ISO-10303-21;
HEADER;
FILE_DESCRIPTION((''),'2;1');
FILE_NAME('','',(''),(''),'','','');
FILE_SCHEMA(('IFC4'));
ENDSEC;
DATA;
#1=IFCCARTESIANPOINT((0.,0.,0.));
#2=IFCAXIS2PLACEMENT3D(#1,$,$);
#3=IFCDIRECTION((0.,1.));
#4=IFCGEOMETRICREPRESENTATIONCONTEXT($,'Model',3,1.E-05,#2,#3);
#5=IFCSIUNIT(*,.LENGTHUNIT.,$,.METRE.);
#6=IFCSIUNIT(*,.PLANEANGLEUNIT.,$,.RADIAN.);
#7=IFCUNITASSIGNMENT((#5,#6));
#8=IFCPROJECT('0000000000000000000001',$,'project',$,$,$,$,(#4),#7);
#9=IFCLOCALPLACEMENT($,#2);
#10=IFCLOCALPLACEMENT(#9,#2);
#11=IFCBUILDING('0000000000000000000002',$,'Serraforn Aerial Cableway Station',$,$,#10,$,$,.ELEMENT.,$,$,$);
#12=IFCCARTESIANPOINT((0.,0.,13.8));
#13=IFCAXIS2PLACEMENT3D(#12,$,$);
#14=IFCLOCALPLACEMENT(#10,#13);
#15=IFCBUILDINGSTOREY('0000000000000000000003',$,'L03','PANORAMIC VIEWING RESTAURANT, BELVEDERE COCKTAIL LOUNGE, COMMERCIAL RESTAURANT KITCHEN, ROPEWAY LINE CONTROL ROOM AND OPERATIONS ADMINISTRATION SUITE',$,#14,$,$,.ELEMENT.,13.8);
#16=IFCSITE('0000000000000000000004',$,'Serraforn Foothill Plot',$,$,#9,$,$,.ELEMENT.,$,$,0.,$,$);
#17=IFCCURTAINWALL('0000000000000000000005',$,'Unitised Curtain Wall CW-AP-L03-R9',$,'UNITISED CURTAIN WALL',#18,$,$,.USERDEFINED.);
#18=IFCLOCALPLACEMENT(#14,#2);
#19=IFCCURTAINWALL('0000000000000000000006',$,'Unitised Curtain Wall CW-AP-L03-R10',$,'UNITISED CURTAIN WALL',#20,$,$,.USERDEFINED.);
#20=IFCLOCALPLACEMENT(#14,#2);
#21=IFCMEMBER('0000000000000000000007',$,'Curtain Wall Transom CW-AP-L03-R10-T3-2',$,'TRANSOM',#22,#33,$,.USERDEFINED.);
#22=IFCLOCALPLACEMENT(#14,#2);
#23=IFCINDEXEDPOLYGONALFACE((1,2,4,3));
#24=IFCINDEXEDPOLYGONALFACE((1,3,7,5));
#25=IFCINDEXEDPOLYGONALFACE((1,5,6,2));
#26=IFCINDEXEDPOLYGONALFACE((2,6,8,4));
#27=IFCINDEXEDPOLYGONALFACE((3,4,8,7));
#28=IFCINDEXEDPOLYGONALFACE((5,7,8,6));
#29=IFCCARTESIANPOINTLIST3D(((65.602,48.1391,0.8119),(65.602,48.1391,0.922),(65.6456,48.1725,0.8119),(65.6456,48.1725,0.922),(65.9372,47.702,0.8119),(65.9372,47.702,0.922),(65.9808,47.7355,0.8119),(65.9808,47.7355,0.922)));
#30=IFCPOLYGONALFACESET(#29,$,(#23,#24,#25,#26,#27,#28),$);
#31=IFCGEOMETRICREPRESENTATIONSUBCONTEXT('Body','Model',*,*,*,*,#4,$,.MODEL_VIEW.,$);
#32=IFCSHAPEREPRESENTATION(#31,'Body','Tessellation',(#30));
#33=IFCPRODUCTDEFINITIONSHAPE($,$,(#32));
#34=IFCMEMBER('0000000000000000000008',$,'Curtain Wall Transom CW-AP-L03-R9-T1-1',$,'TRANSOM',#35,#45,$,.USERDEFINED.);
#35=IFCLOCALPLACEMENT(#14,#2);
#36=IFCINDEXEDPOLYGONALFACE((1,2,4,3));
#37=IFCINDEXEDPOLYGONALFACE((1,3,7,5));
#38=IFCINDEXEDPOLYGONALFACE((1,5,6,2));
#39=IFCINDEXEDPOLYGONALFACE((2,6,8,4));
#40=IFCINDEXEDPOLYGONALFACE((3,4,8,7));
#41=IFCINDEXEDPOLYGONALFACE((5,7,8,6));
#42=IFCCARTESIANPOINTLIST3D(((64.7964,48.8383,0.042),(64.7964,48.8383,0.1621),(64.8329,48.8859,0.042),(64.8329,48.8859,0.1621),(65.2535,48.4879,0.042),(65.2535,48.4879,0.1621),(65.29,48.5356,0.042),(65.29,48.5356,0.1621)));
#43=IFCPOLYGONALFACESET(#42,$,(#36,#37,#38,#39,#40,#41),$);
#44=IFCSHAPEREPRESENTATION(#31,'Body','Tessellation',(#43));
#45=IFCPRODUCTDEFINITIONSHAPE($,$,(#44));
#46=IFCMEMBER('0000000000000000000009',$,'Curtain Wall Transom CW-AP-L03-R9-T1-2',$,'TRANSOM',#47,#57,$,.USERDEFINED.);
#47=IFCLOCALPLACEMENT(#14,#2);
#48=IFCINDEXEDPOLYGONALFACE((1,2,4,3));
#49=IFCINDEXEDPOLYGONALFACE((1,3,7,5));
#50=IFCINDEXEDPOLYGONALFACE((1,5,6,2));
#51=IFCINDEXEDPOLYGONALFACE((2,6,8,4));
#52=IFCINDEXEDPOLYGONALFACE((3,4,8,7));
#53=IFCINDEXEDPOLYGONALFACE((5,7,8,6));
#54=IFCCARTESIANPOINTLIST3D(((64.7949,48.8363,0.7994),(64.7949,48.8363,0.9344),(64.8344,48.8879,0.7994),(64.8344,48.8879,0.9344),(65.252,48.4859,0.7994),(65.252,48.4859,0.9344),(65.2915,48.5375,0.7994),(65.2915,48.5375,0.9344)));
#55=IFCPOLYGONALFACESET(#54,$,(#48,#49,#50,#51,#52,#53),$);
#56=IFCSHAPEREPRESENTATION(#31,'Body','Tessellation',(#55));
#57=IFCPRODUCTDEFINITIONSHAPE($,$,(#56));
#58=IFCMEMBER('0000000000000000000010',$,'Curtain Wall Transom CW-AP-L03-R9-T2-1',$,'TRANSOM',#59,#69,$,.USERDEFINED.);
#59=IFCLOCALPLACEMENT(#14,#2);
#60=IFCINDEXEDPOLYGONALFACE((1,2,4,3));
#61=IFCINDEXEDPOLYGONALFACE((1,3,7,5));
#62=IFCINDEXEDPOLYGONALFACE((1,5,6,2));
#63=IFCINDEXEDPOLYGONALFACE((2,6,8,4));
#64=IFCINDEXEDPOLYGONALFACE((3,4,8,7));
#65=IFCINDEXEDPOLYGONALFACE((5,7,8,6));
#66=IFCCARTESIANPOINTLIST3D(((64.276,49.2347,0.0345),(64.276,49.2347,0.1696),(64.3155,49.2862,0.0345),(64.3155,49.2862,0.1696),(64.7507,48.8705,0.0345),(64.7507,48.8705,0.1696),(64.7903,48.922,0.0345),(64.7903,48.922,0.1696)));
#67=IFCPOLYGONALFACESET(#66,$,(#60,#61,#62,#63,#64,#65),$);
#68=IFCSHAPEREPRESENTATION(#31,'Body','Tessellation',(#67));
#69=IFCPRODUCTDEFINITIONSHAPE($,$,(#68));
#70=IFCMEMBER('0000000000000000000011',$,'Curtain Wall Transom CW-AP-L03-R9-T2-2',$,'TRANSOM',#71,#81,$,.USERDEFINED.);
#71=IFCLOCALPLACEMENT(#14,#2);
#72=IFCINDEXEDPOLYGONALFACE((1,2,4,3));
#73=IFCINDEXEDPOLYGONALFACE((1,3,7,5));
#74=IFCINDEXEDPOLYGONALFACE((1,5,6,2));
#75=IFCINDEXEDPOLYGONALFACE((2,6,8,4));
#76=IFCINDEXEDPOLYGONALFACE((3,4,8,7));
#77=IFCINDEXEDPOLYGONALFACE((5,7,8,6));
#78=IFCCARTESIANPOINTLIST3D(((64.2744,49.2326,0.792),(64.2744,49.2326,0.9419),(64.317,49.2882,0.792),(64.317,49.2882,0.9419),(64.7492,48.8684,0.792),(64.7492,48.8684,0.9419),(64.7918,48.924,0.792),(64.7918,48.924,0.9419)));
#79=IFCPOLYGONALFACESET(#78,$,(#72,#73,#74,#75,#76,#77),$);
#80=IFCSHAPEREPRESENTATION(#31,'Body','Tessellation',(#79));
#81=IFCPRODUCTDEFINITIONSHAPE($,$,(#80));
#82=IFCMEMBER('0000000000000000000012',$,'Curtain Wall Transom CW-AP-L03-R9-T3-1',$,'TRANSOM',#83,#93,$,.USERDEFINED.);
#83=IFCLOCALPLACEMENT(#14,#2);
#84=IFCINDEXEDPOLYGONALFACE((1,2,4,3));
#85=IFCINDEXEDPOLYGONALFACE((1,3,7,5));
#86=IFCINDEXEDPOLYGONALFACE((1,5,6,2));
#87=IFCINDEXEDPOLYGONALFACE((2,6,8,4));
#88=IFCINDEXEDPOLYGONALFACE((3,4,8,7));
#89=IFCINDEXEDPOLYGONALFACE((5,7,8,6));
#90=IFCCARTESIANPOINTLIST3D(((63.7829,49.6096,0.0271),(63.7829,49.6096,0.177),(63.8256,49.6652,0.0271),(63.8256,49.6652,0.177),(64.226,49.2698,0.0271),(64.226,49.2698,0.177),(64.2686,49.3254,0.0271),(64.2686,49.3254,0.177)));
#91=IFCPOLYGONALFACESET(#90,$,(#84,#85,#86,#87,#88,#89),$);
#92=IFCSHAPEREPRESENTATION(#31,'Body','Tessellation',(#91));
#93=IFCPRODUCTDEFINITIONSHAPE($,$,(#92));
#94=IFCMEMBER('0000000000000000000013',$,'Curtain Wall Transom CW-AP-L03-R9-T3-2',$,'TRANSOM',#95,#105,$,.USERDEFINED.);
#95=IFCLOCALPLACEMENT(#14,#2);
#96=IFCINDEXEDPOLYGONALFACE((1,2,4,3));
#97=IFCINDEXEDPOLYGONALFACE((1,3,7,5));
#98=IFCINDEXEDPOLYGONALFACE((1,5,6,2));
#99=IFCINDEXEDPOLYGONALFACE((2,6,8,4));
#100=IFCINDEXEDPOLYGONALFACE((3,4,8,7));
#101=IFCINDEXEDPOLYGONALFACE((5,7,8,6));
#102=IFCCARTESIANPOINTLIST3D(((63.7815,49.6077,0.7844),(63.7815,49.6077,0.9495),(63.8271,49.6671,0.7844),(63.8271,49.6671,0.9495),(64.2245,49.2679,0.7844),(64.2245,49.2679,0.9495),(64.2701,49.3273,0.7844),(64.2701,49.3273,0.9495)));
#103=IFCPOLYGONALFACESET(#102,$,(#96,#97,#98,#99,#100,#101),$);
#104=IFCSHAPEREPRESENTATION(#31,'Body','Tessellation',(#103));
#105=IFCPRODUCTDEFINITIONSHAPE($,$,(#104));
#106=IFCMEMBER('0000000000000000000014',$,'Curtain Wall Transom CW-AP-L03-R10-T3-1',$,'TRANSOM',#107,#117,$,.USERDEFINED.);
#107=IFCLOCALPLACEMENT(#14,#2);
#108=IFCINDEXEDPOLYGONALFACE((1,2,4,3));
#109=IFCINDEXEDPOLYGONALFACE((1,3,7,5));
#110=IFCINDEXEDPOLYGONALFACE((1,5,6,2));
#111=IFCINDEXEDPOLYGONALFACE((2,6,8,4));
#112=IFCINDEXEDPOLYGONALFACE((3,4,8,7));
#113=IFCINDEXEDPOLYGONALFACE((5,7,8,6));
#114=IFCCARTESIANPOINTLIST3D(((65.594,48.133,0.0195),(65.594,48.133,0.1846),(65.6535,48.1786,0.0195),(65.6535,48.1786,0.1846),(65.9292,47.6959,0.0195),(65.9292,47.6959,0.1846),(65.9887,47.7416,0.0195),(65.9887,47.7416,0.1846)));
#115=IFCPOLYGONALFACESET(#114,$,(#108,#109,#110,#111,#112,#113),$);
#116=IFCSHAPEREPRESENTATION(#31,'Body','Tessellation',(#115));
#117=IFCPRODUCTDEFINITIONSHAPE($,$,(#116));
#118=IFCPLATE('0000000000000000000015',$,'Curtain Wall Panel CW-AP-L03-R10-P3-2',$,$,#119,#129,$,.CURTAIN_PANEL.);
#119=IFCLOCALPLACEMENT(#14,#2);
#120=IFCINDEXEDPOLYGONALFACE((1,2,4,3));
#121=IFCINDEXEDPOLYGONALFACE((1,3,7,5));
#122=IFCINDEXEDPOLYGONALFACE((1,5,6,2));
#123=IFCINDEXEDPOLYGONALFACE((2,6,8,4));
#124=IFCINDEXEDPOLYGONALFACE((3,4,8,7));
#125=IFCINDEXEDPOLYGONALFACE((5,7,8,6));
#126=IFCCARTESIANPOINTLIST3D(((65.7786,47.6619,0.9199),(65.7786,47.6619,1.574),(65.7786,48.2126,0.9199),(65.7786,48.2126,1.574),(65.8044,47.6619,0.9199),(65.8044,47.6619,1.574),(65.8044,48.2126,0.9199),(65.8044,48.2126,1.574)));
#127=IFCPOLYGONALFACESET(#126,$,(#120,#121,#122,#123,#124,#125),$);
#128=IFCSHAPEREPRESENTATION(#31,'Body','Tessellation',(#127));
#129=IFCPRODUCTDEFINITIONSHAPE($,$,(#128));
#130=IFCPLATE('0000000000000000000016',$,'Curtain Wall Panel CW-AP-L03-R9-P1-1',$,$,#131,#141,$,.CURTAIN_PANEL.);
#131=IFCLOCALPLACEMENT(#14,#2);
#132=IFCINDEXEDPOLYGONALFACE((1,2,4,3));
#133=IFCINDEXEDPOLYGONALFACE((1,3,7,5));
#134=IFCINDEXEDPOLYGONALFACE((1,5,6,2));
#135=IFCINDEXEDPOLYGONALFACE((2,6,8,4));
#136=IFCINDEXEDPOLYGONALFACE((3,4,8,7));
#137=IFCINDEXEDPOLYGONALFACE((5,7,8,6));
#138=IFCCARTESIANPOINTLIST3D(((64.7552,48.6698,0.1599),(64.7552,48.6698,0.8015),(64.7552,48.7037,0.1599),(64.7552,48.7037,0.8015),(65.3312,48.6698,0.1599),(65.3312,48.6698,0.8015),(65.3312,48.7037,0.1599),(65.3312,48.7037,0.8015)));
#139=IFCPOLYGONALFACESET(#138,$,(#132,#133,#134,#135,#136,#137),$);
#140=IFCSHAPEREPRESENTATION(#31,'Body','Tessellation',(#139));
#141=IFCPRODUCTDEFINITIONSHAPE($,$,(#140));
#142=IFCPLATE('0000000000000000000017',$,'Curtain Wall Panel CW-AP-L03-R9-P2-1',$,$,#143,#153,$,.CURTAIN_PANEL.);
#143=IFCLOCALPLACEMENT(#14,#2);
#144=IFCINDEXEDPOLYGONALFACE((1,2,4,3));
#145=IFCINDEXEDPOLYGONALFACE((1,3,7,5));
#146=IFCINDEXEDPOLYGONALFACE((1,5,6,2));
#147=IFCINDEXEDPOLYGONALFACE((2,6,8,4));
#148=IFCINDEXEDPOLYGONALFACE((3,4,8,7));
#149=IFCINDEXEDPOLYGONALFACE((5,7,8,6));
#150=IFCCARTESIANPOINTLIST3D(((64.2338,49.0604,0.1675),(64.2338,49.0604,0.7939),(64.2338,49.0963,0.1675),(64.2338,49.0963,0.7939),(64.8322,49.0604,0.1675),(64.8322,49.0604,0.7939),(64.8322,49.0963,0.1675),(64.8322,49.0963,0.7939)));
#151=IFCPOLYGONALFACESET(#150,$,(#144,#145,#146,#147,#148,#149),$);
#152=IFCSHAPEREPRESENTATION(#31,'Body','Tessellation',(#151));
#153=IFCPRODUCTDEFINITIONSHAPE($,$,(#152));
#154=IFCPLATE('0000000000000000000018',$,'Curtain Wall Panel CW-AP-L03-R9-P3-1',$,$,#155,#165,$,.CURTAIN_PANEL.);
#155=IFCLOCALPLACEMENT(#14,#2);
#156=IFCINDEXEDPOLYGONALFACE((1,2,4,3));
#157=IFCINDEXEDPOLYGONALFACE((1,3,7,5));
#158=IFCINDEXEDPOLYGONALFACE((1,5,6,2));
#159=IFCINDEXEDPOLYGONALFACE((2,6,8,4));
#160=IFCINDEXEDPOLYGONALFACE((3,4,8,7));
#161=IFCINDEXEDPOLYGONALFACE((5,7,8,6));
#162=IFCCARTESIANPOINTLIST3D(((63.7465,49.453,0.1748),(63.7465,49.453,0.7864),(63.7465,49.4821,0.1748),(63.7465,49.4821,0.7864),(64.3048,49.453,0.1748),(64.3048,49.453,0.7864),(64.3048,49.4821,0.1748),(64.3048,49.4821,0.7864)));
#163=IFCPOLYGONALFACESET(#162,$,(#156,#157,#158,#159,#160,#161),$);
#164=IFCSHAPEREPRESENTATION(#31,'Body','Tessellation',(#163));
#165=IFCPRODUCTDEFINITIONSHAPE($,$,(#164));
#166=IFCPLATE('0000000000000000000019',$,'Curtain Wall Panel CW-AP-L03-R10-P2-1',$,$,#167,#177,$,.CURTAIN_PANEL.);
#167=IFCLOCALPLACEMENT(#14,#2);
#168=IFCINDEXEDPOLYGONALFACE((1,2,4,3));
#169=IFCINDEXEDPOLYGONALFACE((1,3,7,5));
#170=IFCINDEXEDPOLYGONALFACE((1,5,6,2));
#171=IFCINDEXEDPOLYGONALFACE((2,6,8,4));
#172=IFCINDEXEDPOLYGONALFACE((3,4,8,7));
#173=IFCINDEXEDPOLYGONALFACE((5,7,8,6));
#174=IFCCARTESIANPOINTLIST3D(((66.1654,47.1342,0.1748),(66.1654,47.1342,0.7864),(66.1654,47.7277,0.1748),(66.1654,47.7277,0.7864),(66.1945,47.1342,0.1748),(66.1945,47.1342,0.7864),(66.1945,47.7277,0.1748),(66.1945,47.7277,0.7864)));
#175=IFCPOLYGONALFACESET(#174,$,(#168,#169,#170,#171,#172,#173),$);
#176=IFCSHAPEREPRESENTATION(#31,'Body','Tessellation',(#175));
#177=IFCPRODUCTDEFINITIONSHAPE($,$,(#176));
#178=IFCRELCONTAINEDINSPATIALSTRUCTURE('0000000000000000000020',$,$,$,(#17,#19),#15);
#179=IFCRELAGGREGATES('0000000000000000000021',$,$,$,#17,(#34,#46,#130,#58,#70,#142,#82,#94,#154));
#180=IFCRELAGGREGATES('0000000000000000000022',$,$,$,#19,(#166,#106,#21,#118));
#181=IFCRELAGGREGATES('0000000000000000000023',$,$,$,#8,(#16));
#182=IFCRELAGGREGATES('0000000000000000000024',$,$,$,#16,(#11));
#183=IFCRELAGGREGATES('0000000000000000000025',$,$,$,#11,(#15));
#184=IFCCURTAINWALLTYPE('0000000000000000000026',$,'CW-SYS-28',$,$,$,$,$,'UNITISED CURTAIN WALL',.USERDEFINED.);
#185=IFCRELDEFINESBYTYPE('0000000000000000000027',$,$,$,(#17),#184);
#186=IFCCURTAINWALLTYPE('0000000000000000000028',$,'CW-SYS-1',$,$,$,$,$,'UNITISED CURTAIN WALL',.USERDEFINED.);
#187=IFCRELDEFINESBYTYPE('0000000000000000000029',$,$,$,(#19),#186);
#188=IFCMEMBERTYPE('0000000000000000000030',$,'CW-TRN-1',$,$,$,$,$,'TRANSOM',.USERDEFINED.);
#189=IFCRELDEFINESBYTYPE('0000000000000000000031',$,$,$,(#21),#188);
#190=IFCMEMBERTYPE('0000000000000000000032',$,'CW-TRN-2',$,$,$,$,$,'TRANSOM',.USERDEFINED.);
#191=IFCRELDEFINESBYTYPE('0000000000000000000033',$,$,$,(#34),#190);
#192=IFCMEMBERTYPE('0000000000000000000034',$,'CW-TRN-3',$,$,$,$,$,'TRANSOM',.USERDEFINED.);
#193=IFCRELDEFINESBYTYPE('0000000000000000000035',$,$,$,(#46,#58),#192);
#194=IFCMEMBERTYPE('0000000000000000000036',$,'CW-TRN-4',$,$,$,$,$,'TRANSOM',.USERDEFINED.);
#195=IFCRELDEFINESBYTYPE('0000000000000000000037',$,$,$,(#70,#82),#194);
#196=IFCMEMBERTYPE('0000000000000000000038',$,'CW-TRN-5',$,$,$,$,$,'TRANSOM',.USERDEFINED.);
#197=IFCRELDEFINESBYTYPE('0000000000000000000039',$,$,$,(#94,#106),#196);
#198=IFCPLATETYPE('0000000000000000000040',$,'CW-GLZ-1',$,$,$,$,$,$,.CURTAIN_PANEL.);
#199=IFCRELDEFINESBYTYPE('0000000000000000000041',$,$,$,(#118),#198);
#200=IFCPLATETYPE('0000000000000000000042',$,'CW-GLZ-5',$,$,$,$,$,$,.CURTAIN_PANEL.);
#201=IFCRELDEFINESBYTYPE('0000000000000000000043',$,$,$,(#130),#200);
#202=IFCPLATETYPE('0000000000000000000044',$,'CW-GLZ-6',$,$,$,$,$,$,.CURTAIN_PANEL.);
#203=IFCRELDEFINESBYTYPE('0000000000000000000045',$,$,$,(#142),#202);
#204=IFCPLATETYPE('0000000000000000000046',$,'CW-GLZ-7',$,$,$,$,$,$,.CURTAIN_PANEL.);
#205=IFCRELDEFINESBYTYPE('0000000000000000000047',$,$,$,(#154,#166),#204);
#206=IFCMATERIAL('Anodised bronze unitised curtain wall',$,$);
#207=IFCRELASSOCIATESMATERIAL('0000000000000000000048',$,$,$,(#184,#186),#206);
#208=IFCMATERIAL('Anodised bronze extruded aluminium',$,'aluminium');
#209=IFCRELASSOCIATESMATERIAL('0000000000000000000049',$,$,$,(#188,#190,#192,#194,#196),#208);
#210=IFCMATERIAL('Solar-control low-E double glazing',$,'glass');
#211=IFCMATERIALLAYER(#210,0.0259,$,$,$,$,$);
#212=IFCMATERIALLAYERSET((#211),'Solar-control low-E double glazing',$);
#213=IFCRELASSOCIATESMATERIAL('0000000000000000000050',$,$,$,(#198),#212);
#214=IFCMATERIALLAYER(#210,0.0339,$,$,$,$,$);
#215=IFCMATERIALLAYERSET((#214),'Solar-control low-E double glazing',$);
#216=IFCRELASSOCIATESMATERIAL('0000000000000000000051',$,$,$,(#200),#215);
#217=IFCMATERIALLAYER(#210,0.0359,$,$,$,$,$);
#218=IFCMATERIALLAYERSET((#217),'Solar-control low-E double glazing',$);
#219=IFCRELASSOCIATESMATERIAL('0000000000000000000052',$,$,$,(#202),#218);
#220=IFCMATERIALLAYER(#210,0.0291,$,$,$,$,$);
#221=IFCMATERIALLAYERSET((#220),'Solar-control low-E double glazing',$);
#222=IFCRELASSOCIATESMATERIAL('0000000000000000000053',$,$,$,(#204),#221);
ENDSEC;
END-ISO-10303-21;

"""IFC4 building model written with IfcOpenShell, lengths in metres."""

from ifc_helpers import new_model, si_unit, direction, frame, origin, origin_2d, place, context, subcontext, project, spatial, rectangle, extrude, material, layer, layer_set, material_profile, profile_set, type_object, element, aggregate, save


model = new_model("IFC4")

# Units and contexts
model_context = context("Model", 3, precision=1e-05, world=origin(), true_north=direction((0.0, 1.0)))
body_context = subcontext(model_context, "Body", "Model", "MODEL_VIEW")
ifc_project = project(units=[si_unit("LENGTHUNIT", "METRE"), si_unit("PLANEANGLEUNIT", "RADIAN")], contexts=[model_context])

# Site, building, storey
site_placement = place(None, origin())
site = spatial("IfcSite", under=ifc_project, at=site_placement, Name="Serraforn Foothill Plot", CompositionType="ELEMENT", RefElevation=0.0)
building_placement = place(site_placement, origin())
building = spatial("IfcBuilding", under=site, at=building_placement, Name="Serraforn Aerial Cableway Station", CompositionType="ELEMENT")
storey_placement = place(building_placement, frame((0.0, 0.0, 13.8)))
storey = spatial("IfcBuildingStorey", under=building, at=storey_placement, Name="L03", Description="PANORAMIC VIEWING RESTAURANT, BELVEDERE COCKTAIL LOUNGE, COMMERCIAL RESTAURANT KITCHEN, ROPEWAY LINE CONTROL ROOM AND OPERATIONS ADMINISTRATION SUITE", CompositionType="ELEMENT", Elevation=13.8)

# Curtain walls, member
ifc_material_1 = material(Name="Anodised bronze unitised curtain wall")
curtain_wall_type_1 = type_object("IfcCurtainWallType", Name="CW-SYS-28", ElementType="UNITISED CURTAIN WALL", PredefinedType="USERDEFINED", material=ifc_material_1)
curtain_wall_1_placement = place(storey_placement, origin())
curtain_wall_1 = element("IfcCurtainWall", 1, at=curtain_wall_1_placement, inside=storey, type_object=curtain_wall_type_1, Name="Unitised Curtain Wall CW-AP-L03-R9", ObjectType="UNITISED CURTAIN WALL", PredefinedType="USERDEFINED")
ifc_material_2 = material(Name="Anodised bronze extruded aluminium", Category="aluminium")
curtain_wall_type_2 = type_object("IfcCurtainWallType", Name="CW-SYS-1", ElementType="UNITISED CURTAIN WALL", PredefinedType="USERDEFINED", material=ifc_material_1)
curtain_wall_2_placement = place(storey_placement, origin())
curtain_wall_2 = element("IfcCurtainWall", 2, at=curtain_wall_2_placement, inside=storey, type_object=curtain_wall_type_2, Name="Unitised Curtain Wall CW-AP-L03-R10", ObjectType="UNITISED CURTAIN WALL", PredefinedType="USERDEFINED")
ifc_material_profile_1 = material_profile(ifc_material_2, rectangle(XDim=0.0549, YDim=0.1101, at=origin_2d()), Name="CW TRANSOM 55x110")
ifc_profile_set_1 = profile_set([ifc_material_profile_1], Name="Anodised bronze extruded aluminium")
member_type_1 = type_object("IfcMemberType", Name="CW-TRN-1", ElementType="TRANSOM", PredefinedType="USERDEFINED", material=ifc_profile_set_1)
member_1_placement = place(storey_placement, frame((65.959, 47.7188, 0.8669), z_axis=(-0.608618, 0.793464, 0.0), x_axis=(-0.793464, -0.608618, 0.0)))
member_1 = element("IfcMember", 3, at=member_1_placement, type_object=member_type_1, Name="Curtain Wall Transom CW-AP-L03-R10-T3-2", ObjectType="TRANSOM", PredefinedType="USERDEFINED", context=body_context, shape_type="SweptSolid", body=[
    extrude(rectangle(XDim=0.0549, YDim=0.1101, at=origin_2d()), origin(), (0.0, 0.0, 1.0), 0.5508),
])

# Members
ifc_material_profile_2 = material_profile(ifc_material_2, rectangle(XDim=0.0601, YDim=0.1201, at=origin_2d()), Name="CW TRANSOM 60x120")
ifc_profile_set_2 = profile_set([ifc_material_profile_2], Name="Anodised bronze extruded aluminium")
member_type_2 = type_object("IfcMemberType", Name="CW-TRN-2", ElementType="TRANSOM", PredefinedType="USERDEFINED", material=ifc_profile_set_2)
member_2_placement = place(storey_placement, frame((65.2717, 48.5117, 0.1021), z_axis=(-0.793647, 0.608378, 0.0), x_axis=(-0.608378, -0.793647, 0.0)))
member_2 = element("IfcMember", 4, at=member_2_placement, type_object=member_type_2, Name="Curtain Wall Transom CW-AP-L03-R9-T1-1", ObjectType="TRANSOM", PredefinedType="USERDEFINED", context=body_context, shape_type="SweptSolid", body=[
    extrude(rectangle(XDim=0.0601, YDim=0.1201, at=origin_2d()), origin(), (0.0, 0.0, 1.0), 0.5759),
])
ifc_material_profile_3 = material_profile(ifc_material_2, rectangle(XDim=0.0649, YDim=0.135, at=origin_2d()), Name="CW TRANSOM 65x135")
ifc_profile_set_3 = profile_set([ifc_material_profile_3], Name="Anodised bronze extruded aluminium")
member_type_3 = type_object("IfcMemberType", Name="CW-TRN-3", ElementType="TRANSOM", PredefinedType="USERDEFINED", material=ifc_profile_set_3)
member_3_placement = place(storey_placement, frame((65.2717, 48.5117, 0.8669), z_axis=(-0.793647, 0.608378, 0.0), x_axis=(-0.608378, -0.793647, 0.0)))
member_3 = element("IfcMember", 5, at=member_3_placement, type_object=member_type_3, Name="Curtain Wall Transom CW-AP-L03-R9-T1-2", ObjectType="TRANSOM", PredefinedType="USERDEFINED", context=body_context, shape_type="SweptSolid", body=[
    extrude(rectangle(XDim=0.0649, YDim=0.135, at=origin_2d()), origin(), (0.0, 0.0, 1.0), 0.5759),
])
member_4_placement = place(storey_placement, frame((64.7705, 48.8962, 0.1021), z_axis=(-0.793442, 0.608646, 0.0), x_axis=(-0.608646, -0.793442, 0.0)))
member_4 = element("IfcMember", 6, at=member_4_placement, type_object=member_type_3, Name="Curtain Wall Transom CW-AP-L03-R9-T2-1", ObjectType="TRANSOM", PredefinedType="USERDEFINED", context=body_context, shape_type="SweptSolid", body=[
    extrude(rectangle(XDim=0.0649, YDim=0.135, at=origin_2d()), origin(), (0.0, 0.0, 1.0), 0.5984),
])
ifc_material_profile_4 = material_profile(ifc_material_2, rectangle(XDim=0.0701, YDim=0.1499, at=origin_2d()), Name="CW TRANSOM 70x150")
ifc_profile_set_4 = profile_set([ifc_material_profile_4], Name="Anodised bronze extruded aluminium")
member_type_4 = type_object("IfcMemberType", Name="CW-TRN-4", ElementType="TRANSOM", PredefinedType="USERDEFINED", material=ifc_profile_set_4)
member_5_placement = place(storey_placement, frame((64.7705, 48.8962, 0.8669), z_axis=(-0.793442, 0.608646, 0.0), x_axis=(-0.608646, -0.793442, 0.0)))
member_5 = element("IfcMember", 7, at=member_5_placement, type_object=member_type_4, Name="Curtain Wall Transom CW-AP-L03-R9-T2-2", ObjectType="TRANSOM", PredefinedType="USERDEFINED", context=body_context, shape_type="SweptSolid", body=[
    extrude(rectangle(XDim=0.0701, YDim=0.1499, at=origin_2d()), origin(), (0.0, 0.0, 1.0), 0.5984),
])
member_6_placement = place(storey_placement, frame((64.2473, 49.2976, 0.1021), z_axis=(-0.793501, 0.608569, 0.0), x_axis=(-0.608569, -0.793501, 0.0)))
member_6 = element("IfcMember", 8, at=member_6_placement, type_object=member_type_4, Name="Curtain Wall Transom CW-AP-L03-R9-T3-1", ObjectType="TRANSOM", PredefinedType="USERDEFINED", context=body_context, shape_type="SweptSolid", body=[
    extrude(rectangle(XDim=0.0701, YDim=0.1499, at=origin_2d()), origin(), (0.0, 0.0, 1.0), 0.5583),
])
ifc_material_profile_5 = material_profile(ifc_material_2, rectangle(XDim=0.075, YDim=0.165, at=origin_2d()), Name="CW TRANSOM 75x165")
ifc_profile_set_5 = profile_set([ifc_material_profile_5], Name="Anodised bronze extruded aluminium")
member_type_5 = type_object("IfcMemberType", Name="CW-TRN-5", ElementType="TRANSOM", PredefinedType="USERDEFINED", material=ifc_profile_set_5)
member_7_placement = place(storey_placement, frame((64.2473, 49.2976, 0.8669), z_axis=(-0.793501, 0.608569, 0.0), x_axis=(-0.608569, -0.793501, 0.0)))
member_7 = element("IfcMember", 9, at=member_7_placement, type_object=member_type_5, Name="Curtain Wall Transom CW-AP-L03-R9-T3-2", ObjectType="TRANSOM", PredefinedType="USERDEFINED", context=body_context, shape_type="SweptSolid", body=[
    extrude(rectangle(XDim=0.075, YDim=0.165, at=origin_2d()), origin(), (0.0, 0.0, 1.0), 0.5583),
])
member_8_placement = place(storey_placement, frame((65.959, 47.7188, 0.1021), z_axis=(-0.608618, 0.793464, 0.0), x_axis=(-0.793464, -0.608618, 0.0)))
member_8 = element("IfcMember", 10, at=member_8_placement, type_object=member_type_5, Name="Curtain Wall Transom CW-AP-L03-R10-T3-1", ObjectType="TRANSOM", PredefinedType="USERDEFINED", context=body_context, shape_type="SweptSolid", body=[
    extrude(rectangle(XDim=0.075, YDim=0.165, at=origin_2d()), origin(), (0.0, 0.0, 1.0), 0.5508),
])

# Plates
ifc_material_3 = material(Name="Solar-control low-E double glazing", Category="glass")
ifc_layer_1 = layer(ifc_material_3, 0.0259)
ifc_layer_set_1 = layer_set([ifc_layer_1], Name="Solar-control low-E double glazing")
plate_type_1 = type_object("IfcPlateType", Name="CW-GLZ-1", PredefinedType="CURTAIN_PANEL", material=ifc_layer_set_1)
plate_1_placement = place(storey_placement, frame((65.7915, 47.9373, 0.9199), z_axis=(0.0, 0.0, 1.0), x_axis=(1.0, 0.0, 0.0)))
plate_1 = element("IfcPlate", 11, at=plate_1_placement, type_object=plate_type_1, Name="Curtain Wall Panel CW-AP-L03-R10-P3-2", PredefinedType="CURTAIN_PANEL", context=body_context, shape_type="SweptSolid", body=[
    extrude(rectangle(XDim=0.0259, YDim=0.5508, at=origin_2d()), origin(), (0.0, 0.0, 1.0), 0.6541),
])
ifc_layer_2 = layer(ifc_material_3, 0.0339)
ifc_layer_set_2 = layer_set([ifc_layer_2], Name="Solar-control low-E double glazing")
plate_type_2 = type_object("IfcPlateType", Name="CW-GLZ-5", PredefinedType="CURTAIN_PANEL", material=ifc_layer_set_2)
plate_2_placement = place(storey_placement, frame((65.0432, 48.6868, 0.1599), z_axis=(0.0, 0.0, 1.0), x_axis=(1.0, 0.0, 0.0)))
plate_2 = element("IfcPlate", 12, at=plate_2_placement, type_object=plate_type_2, Name="Curtain Wall Panel CW-AP-L03-R9-P1-1", PredefinedType="CURTAIN_PANEL", context=body_context, shape_type="SweptSolid", body=[
    extrude(rectangle(XDim=0.5759, YDim=0.0339, at=origin_2d()), origin(), (0.0, 0.0, 1.0), 0.6416),
])
ifc_layer_3 = layer(ifc_material_3, 0.0359)
ifc_layer_set_3 = layer_set([ifc_layer_3], Name="Solar-control low-E double glazing")
plate_type_3 = type_object("IfcPlateType", Name="CW-GLZ-6", PredefinedType="CURTAIN_PANEL", material=ifc_layer_set_3)
plate_3_placement = place(storey_placement, frame((64.533, 49.0784, 0.1675), z_axis=(0.0, 0.0, 1.0), x_axis=(1.0, 0.0, 0.0)))
plate_3 = element("IfcPlate", 13, at=plate_3_placement, type_object=plate_type_3, Name="Curtain Wall Panel CW-AP-L03-R9-P2-1", PredefinedType="CURTAIN_PANEL", context=body_context, shape_type="SweptSolid", body=[
    extrude(rectangle(XDim=0.5984, YDim=0.0359, at=origin_2d()), origin(), (0.0, 0.0, 1.0), 0.6265),
])
ifc_layer_4 = layer(ifc_material_3, 0.0291)
ifc_layer_set_4 = layer_set([ifc_layer_4], Name="Solar-control low-E double glazing")
plate_type_4 = type_object("IfcPlateType", Name="CW-GLZ-7", PredefinedType="CURTAIN_PANEL", material=ifc_layer_set_4)
plate_4_placement = place(storey_placement, frame((64.0256, 49.4675, 0.1748), z_axis=(0.0, 0.0, 1.0), x_axis=(1.0, 0.0, 0.0)))
plate_4 = element("IfcPlate", 14, at=plate_4_placement, type_object=plate_type_4, Name="Curtain Wall Panel CW-AP-L03-R9-P3-1", PredefinedType="CURTAIN_PANEL", context=body_context, shape_type="SweptSolid", body=[
    extrude(rectangle(XDim=0.5583, YDim=0.0291, at=origin_2d()), origin(), (0.0, 0.0, 1.0), 0.6116),
])
aggregate(curtain_wall_1, [member_2, member_3, plate_2, member_4, member_5, plate_3, member_6, member_7, plate_4])
plate_5_placement = place(storey_placement, frame((66.1799, 47.4309, 0.1748), z_axis=(0.0, 0.0, 1.0), x_axis=(1.0, 0.0, 0.0)))
plate_5 = element("IfcPlate", 15, at=plate_5_placement, type_object=plate_type_4, Name="Curtain Wall Panel CW-AP-L03-R10-P2-1", PredefinedType="CURTAIN_PANEL", context=body_context, shape_type="SweptSolid", body=[
    extrude(rectangle(XDim=0.0291, YDim=0.5935, at=origin_2d()), origin(), (0.0, 0.0, 1.0), 0.6116),
])
aggregate(curtain_wall_2, [plate_5, member_8, member_1, plate_1])

save(model, "model.ifc")
